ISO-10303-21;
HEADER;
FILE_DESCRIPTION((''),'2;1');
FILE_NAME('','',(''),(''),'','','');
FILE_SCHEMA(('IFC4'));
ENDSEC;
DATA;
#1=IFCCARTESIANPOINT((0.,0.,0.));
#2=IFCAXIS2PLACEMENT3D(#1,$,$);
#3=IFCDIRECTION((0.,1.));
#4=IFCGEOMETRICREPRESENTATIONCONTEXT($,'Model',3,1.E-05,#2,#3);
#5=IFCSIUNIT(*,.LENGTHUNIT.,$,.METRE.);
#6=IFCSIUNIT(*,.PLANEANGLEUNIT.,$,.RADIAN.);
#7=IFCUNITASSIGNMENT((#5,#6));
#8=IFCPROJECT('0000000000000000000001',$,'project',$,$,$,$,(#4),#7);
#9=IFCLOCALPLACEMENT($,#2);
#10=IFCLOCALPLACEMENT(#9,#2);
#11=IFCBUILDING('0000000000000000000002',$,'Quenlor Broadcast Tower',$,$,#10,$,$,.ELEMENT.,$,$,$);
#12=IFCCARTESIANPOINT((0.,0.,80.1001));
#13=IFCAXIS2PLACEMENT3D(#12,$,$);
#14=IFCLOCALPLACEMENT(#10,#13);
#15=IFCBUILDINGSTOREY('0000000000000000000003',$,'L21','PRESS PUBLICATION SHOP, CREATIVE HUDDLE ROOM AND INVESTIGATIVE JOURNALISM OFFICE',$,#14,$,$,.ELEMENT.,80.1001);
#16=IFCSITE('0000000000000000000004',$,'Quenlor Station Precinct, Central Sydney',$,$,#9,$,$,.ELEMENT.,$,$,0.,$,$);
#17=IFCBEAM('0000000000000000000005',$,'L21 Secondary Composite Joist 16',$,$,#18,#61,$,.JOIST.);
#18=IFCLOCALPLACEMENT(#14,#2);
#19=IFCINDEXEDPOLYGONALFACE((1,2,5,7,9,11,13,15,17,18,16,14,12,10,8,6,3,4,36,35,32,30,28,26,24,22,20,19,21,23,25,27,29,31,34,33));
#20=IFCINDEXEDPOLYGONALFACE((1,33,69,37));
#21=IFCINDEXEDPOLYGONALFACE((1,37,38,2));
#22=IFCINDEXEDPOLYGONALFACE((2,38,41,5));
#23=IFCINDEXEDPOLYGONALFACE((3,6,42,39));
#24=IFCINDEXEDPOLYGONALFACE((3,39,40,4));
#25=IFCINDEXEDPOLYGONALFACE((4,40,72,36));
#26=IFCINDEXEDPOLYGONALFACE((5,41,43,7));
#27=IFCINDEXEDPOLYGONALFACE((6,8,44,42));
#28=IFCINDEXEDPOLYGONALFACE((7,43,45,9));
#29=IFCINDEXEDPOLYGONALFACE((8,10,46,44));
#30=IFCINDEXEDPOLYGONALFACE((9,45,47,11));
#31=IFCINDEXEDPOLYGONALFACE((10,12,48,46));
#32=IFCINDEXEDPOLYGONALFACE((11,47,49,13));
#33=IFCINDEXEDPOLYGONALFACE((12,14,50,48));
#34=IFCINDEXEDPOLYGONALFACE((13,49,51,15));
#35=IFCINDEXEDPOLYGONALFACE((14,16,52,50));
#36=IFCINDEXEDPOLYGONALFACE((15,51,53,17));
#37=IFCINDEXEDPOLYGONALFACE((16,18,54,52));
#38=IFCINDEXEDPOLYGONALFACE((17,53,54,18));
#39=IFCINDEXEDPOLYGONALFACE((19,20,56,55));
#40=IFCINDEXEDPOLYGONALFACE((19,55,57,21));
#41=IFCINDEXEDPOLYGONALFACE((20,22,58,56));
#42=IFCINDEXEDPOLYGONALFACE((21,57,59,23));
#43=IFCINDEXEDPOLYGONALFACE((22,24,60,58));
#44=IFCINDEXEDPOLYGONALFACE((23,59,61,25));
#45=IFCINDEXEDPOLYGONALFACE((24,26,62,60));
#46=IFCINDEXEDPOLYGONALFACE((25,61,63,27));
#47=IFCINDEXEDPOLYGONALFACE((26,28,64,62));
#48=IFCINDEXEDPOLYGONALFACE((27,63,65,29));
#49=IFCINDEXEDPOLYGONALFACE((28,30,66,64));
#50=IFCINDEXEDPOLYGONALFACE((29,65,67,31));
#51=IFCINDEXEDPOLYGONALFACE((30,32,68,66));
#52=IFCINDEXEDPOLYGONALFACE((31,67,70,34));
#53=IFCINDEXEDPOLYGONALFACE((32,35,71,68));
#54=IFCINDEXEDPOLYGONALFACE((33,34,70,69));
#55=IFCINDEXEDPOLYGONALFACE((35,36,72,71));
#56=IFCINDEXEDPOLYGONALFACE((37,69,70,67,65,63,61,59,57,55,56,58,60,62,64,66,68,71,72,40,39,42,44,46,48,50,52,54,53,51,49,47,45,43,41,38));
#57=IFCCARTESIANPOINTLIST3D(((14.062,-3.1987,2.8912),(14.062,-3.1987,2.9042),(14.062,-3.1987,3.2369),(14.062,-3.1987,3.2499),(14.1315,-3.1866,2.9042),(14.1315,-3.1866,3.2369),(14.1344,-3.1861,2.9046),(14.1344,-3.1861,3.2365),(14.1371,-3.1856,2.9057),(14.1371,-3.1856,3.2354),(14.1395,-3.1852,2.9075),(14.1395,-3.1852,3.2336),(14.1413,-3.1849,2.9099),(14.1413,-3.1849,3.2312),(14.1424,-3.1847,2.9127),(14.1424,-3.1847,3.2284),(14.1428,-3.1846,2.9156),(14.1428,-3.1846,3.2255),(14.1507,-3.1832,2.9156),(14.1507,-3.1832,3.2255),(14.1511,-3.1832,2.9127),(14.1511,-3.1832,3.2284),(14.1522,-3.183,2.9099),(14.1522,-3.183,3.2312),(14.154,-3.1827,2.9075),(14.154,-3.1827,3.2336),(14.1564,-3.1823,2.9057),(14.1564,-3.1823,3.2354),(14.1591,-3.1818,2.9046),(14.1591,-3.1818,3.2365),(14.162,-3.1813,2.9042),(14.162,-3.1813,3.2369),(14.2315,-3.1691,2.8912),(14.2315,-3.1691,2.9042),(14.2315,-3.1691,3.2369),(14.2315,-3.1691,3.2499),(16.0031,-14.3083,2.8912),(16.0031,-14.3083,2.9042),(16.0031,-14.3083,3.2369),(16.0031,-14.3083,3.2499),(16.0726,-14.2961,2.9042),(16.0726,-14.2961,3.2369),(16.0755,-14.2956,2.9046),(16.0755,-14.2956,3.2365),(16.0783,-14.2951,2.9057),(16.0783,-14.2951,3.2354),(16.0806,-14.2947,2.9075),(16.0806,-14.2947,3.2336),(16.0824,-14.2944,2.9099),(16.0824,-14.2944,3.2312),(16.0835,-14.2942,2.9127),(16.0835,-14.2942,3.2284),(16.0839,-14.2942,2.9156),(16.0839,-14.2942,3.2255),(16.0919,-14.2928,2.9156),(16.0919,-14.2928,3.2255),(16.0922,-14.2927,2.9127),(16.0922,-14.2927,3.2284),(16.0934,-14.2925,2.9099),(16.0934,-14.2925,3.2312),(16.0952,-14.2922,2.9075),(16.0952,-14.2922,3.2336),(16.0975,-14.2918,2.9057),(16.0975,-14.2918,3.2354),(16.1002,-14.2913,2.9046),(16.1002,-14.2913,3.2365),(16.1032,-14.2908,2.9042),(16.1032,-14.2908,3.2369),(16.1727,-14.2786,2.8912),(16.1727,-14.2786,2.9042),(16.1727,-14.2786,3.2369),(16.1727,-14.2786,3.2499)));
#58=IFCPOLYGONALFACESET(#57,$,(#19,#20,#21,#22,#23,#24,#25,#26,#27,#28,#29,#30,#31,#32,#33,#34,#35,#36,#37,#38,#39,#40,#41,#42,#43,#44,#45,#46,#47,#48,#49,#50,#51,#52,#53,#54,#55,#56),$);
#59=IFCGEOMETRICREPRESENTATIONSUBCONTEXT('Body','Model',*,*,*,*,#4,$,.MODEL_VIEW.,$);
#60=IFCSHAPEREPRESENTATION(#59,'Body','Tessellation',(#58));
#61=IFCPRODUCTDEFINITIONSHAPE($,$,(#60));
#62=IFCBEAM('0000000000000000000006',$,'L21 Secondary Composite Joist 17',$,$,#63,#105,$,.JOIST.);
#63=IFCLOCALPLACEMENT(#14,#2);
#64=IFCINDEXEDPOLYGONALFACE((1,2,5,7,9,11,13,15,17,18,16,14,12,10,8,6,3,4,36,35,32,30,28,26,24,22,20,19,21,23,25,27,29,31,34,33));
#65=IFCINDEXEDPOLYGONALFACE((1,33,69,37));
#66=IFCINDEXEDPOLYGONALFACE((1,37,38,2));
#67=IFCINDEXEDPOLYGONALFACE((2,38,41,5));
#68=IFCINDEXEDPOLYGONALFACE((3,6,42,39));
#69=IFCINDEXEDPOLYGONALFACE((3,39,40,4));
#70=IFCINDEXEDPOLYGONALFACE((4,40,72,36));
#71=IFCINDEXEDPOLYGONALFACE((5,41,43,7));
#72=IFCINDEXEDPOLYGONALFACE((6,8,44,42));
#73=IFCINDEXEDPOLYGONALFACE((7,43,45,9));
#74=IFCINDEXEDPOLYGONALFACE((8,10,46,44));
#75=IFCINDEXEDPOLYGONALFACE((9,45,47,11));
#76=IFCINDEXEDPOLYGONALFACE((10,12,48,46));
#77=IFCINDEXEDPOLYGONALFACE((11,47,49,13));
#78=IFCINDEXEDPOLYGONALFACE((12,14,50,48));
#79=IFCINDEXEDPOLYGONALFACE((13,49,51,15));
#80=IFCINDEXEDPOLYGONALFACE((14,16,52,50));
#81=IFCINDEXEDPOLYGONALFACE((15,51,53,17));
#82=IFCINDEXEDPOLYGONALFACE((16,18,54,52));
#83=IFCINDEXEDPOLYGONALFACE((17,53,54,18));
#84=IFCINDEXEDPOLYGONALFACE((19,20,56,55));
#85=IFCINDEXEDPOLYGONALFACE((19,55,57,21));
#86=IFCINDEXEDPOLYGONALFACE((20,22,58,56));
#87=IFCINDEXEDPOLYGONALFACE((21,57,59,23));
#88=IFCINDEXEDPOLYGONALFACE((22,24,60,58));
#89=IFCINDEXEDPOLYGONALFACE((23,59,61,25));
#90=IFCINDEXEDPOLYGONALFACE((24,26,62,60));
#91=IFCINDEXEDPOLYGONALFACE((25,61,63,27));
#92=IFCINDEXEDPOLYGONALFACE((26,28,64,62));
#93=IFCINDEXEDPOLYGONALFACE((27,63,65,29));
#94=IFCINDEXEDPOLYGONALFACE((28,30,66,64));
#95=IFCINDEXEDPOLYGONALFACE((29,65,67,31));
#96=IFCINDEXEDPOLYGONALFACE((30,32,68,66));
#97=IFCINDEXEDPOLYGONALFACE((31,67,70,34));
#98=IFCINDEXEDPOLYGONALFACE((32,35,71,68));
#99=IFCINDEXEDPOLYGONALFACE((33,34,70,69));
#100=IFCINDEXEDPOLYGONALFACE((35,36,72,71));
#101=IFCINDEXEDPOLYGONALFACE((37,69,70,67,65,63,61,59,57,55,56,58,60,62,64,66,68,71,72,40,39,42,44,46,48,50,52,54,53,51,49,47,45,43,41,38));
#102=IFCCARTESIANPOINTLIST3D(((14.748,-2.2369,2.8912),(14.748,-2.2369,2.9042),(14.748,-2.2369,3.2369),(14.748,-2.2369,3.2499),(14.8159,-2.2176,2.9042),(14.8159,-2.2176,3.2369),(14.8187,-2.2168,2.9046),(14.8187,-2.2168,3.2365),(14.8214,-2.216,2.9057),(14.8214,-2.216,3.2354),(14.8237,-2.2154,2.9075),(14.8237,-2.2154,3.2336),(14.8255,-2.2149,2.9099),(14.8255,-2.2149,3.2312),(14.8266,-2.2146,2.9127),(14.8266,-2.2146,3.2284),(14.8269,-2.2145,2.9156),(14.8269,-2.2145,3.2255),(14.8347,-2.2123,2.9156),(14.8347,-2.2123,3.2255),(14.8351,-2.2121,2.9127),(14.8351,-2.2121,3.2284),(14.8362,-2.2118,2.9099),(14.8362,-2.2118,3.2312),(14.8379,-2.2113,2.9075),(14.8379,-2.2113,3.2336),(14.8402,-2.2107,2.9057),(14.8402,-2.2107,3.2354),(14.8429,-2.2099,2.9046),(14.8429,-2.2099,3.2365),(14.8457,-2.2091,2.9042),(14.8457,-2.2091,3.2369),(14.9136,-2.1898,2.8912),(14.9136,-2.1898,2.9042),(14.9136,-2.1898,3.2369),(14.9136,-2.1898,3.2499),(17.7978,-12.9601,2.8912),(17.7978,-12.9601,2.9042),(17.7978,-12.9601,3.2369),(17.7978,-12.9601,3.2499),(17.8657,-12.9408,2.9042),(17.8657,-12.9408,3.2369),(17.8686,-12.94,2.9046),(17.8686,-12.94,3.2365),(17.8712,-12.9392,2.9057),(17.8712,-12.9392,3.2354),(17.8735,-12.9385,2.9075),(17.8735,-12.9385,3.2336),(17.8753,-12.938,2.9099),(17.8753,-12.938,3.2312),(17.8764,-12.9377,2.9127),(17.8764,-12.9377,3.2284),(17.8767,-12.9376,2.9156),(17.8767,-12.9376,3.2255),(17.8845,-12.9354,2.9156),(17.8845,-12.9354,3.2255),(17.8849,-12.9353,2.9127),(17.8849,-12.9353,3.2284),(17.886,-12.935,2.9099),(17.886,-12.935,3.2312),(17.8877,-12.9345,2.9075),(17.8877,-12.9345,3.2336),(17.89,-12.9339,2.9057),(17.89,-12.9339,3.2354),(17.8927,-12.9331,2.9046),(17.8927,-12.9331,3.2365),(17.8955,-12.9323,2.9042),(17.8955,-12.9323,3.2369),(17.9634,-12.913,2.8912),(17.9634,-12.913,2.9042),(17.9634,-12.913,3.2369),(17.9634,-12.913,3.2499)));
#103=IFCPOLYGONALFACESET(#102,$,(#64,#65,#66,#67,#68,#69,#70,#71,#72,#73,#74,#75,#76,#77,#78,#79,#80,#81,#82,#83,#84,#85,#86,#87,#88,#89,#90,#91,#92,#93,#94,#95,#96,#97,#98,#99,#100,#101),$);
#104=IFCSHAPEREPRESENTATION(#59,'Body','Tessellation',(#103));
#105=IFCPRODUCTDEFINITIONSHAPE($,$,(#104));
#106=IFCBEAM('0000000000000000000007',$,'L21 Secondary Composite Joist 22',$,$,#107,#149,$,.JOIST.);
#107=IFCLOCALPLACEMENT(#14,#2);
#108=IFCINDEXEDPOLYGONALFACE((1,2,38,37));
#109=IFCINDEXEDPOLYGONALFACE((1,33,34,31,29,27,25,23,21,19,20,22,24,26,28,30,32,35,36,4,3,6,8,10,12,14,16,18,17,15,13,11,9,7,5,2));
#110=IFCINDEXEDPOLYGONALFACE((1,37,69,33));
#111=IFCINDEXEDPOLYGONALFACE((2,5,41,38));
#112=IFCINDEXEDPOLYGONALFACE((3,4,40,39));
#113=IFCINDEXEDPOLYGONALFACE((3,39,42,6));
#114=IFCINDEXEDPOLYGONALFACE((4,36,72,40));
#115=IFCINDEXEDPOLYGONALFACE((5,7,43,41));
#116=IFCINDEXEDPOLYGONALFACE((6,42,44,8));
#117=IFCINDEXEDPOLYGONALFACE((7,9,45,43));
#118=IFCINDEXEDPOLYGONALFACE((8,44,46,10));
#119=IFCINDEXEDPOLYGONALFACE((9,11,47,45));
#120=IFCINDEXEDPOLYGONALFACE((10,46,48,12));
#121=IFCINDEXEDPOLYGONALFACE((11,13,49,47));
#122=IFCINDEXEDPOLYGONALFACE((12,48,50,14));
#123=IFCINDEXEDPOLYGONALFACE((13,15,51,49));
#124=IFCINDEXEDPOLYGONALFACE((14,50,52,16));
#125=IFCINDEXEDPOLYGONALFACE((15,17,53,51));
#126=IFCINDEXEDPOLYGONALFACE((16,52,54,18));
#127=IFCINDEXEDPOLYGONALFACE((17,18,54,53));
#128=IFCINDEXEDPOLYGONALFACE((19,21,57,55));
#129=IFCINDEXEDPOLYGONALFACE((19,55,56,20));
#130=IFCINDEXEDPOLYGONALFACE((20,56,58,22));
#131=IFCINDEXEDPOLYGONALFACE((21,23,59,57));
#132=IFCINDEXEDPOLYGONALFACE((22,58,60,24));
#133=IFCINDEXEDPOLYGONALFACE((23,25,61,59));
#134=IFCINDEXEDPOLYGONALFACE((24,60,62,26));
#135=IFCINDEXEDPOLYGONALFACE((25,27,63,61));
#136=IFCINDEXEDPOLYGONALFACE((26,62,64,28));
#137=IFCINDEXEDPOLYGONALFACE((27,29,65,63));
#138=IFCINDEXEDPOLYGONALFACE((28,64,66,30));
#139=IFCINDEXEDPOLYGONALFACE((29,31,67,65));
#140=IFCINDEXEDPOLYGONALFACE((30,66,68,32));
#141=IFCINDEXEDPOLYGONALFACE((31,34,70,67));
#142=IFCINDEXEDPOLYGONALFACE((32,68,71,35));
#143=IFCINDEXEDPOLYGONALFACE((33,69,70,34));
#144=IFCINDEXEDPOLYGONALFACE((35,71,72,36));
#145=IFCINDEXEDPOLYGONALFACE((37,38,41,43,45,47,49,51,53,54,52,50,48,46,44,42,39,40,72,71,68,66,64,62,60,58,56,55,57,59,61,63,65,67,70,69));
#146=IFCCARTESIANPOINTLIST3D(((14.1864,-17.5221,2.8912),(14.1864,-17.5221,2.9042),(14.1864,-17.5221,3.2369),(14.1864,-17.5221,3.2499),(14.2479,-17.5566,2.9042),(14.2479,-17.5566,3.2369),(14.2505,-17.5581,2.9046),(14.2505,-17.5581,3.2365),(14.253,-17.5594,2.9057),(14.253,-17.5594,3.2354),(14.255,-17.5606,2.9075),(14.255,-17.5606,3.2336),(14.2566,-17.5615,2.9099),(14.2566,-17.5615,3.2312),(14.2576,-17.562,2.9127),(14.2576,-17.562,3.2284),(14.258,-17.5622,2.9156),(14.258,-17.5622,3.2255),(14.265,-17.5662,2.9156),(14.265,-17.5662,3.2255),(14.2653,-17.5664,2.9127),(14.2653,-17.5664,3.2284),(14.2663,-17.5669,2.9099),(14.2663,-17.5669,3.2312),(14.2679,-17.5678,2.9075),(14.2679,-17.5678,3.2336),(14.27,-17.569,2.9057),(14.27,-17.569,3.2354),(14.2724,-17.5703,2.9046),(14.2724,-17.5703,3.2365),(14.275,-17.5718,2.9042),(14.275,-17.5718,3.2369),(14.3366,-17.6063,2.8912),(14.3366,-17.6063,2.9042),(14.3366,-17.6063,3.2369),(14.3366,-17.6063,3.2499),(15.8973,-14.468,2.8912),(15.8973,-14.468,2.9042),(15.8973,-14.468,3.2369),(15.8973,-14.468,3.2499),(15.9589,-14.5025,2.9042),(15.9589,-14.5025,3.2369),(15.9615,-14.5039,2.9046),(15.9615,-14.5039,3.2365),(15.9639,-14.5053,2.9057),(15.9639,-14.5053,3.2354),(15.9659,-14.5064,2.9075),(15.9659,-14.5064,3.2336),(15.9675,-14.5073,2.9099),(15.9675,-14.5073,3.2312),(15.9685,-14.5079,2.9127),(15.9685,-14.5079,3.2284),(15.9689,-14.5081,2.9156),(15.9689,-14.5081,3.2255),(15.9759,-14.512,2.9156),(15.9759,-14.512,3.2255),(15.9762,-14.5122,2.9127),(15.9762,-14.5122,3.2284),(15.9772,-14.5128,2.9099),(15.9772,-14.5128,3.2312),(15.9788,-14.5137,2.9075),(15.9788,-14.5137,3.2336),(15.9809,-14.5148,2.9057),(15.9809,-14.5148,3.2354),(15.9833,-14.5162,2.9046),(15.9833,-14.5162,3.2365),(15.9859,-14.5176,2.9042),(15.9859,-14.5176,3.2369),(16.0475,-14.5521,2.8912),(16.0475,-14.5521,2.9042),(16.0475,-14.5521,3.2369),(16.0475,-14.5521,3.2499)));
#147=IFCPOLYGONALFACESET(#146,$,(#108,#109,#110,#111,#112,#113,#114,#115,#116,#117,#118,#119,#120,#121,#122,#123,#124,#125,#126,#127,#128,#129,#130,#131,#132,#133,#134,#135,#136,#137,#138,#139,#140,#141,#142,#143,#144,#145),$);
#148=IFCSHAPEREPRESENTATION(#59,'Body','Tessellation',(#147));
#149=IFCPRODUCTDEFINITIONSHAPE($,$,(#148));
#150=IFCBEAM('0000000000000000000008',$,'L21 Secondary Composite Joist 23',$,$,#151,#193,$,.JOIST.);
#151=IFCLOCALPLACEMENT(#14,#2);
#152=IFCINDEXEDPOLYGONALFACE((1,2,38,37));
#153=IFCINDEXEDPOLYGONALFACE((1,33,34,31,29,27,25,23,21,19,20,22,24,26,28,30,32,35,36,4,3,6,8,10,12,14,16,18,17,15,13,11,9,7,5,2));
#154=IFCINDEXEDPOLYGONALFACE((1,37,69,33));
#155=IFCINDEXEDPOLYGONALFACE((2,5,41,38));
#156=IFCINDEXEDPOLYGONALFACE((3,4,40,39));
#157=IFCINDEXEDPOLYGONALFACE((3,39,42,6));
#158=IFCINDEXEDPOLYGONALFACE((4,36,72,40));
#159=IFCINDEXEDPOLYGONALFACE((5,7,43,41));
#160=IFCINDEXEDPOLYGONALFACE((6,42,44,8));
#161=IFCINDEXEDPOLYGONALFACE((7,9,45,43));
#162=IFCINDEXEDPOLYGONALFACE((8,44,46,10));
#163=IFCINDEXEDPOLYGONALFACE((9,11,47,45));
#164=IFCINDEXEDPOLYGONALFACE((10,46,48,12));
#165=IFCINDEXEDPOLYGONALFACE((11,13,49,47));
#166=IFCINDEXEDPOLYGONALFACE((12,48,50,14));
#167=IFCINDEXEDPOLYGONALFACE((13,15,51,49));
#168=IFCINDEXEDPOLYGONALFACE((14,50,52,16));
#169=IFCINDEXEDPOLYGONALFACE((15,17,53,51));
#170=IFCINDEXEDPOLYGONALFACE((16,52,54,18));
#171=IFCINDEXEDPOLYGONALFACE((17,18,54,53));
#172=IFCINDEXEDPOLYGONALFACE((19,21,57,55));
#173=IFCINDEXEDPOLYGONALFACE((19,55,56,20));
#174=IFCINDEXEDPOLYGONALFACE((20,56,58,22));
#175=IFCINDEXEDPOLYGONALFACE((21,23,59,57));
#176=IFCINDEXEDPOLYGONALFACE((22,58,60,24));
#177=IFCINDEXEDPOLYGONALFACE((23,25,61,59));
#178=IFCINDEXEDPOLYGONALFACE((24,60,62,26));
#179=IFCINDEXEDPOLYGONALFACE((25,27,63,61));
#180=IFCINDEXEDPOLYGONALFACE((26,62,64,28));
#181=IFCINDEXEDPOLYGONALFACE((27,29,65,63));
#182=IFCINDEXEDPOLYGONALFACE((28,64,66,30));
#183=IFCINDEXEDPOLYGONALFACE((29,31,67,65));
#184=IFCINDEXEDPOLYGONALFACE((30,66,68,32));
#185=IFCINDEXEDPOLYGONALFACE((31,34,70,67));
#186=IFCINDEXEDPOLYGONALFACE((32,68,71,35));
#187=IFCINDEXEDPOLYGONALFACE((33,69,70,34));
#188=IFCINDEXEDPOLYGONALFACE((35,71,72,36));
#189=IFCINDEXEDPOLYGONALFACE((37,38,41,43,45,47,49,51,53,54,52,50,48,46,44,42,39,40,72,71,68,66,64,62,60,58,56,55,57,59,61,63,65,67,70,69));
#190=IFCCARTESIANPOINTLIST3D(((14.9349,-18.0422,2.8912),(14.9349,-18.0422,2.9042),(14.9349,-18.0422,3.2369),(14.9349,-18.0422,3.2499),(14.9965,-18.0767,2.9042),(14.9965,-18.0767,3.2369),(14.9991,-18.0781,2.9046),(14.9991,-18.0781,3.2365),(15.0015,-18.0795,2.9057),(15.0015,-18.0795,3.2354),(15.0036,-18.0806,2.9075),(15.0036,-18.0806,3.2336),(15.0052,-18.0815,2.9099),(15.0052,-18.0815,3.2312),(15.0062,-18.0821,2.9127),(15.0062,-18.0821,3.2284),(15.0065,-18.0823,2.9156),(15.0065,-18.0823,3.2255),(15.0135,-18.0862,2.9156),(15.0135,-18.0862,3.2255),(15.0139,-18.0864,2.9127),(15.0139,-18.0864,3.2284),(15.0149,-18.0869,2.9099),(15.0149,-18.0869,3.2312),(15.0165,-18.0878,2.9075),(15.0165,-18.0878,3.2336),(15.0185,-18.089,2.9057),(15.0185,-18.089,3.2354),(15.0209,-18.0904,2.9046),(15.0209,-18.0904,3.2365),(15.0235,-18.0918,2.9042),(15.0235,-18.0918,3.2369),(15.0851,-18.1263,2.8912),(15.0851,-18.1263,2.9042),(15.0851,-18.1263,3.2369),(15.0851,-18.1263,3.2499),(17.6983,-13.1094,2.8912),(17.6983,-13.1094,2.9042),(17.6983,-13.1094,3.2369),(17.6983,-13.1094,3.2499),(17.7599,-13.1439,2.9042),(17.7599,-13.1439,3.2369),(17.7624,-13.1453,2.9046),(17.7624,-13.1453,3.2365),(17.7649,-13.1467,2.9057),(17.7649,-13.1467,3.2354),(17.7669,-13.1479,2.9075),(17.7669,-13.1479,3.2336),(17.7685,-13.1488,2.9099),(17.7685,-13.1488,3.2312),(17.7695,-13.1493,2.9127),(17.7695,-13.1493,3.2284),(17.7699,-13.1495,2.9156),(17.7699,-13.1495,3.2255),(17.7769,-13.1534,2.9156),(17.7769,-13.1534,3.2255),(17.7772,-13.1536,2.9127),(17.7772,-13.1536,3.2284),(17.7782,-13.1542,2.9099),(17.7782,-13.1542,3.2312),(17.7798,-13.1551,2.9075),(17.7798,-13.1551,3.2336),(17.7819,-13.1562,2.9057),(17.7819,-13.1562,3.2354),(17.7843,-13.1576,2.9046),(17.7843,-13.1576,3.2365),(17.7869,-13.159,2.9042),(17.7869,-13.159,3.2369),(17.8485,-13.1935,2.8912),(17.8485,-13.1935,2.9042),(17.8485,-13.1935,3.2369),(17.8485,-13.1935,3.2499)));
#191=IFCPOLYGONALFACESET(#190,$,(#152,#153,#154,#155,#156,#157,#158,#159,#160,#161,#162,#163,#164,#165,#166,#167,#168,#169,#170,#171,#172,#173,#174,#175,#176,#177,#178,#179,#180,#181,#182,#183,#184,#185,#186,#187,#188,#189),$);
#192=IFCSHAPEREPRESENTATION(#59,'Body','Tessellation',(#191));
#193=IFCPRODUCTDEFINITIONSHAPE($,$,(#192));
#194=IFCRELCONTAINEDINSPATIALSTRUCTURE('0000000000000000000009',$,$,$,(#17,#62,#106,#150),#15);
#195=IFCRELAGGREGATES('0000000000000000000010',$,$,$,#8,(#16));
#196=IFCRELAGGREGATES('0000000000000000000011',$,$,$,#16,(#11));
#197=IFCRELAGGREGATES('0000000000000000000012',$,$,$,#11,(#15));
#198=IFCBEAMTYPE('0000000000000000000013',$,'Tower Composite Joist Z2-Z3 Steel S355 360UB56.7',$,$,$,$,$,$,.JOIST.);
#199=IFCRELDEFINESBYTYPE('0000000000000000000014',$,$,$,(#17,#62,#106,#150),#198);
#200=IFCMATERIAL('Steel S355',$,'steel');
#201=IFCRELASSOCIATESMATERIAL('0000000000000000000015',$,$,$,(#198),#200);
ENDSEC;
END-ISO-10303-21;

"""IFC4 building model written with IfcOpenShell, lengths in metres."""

from ifc_helpers import new_model, si_unit, direction, frame, origin, origin_2d, place, context, subcontext, project, spatial, i_section, extrude, material, material_profile, profile_set, type_object, element, save


model = new_model("IFC4")

# Units and contexts
model_context = context("Model", 3, precision=1e-05, world=origin(), true_north=direction((0.0, 1.0)))
body_context = subcontext(model_context, "Body", "Model", "MODEL_VIEW")
ifc_project = project(units=[si_unit("LENGTHUNIT", "METRE"), si_unit("PLANEANGLEUNIT", "RADIAN")], contexts=[model_context])

# Site, building, storey
site_placement = place(None, origin())
site = spatial("IfcSite", under=ifc_project, at=site_placement, Name="Quenlor Station Precinct, Central Sydney", CompositionType="ELEMENT", RefElevation=0.0)
building_placement = place(site_placement, origin())
building = spatial("IfcBuilding", under=site, at=building_placement, Name="Quenlor Broadcast Tower", CompositionType="ELEMENT")
storey_placement = place(building_placement, frame((0.0, 0.0, 80.1001)))
storey = spatial("IfcBuildingStorey", under=building, at=storey_placement, Name="L21", Description="PRESS PUBLICATION SHOP, CREATIVE HUDDLE ROOM AND INVESTIGATIVE JOURNALISM OFFICE", CompositionType="ELEMENT", Elevation=80.1001)

# Beams
ifc_material_1 = material(Name="Steel S355", Category="steel")
ifc_material_profile_1 = material_profile(ifc_material_1, i_section(OverallWidth=0.1721, OverallDepth=0.3586, WebThickness=0.0081, FlangeThickness=0.0129, FilletRadius=0.0115, at=origin_2d()))
ifc_profile_set_1 = profile_set([ifc_material_profile_1], Name="Steel S355 360UB56.7")
beam_type_1 = type_object("IfcBeamType", Name="Tower Composite Joist Z2-Z3 Steel S355 360UB56.7", PredefinedType="JOIST", material=ifc_profile_set_1)
beam_1_placement = place(storey_placement, frame((16.0879, -14.2935, 3.0706), z_axis=(-0.17212, 0.985076, 0.0), x_axis=(-0.985076, -0.17212, 0.0)))
element("IfcBeam", 1, at=beam_1_placement, inside=storey, type_object=beam_type_1, Name="L21 Secondary Composite Joist 16", PredefinedType="JOIST", context=body_context, shape_type="SweptSolid", body=[
    extrude(i_section(OverallWidth=0.1721, OverallDepth=0.3586, WebThickness=0.0081, FlangeThickness=0.0129, FilletRadius=0.0115, at=origin_2d()), origin(), (0.0, 0.0, 1.0), 11.2778),
])
beam_2_placement = place(storey_placement, frame((17.8806, -12.9365, 3.0706), z_axis=(-0.273564, 0.961854, 0.0), x_axis=(-0.961854, -0.273564, 0.0)))
element("IfcBeam", 2, at=beam_2_placement, inside=storey, type_object=beam_type_1, Name="L21 Secondary Composite Joist 17", PredefinedType="JOIST", context=body_context, shape_type="SweptSolid", body=[
    extrude(i_section(OverallWidth=0.1721, OverallDepth=0.3586, WebThickness=0.0081, FlangeThickness=0.0129, FilletRadius=0.0115, at=origin_2d()), origin(), (0.0, 0.0, 1.0), 11.1484),
])
beam_3_placement = place(storey_placement, frame((14.2615, -17.5642, 3.0706), z_axis=(0.488731, 0.872435, 0.0), x_axis=(-0.872435, 0.488731, 0.0)))
element("IfcBeam", 3, at=beam_3_placement, inside=storey, type_object=beam_type_1, Name="L21 Secondary Composite Joist 22", PredefinedType="JOIST", context=body_context, shape_type="SweptSolid", body=[
    extrude(i_section(OverallWidth=0.1721, OverallDepth=0.3586, WebThickness=0.0081, FlangeThickness=0.0129, FilletRadius=0.0115, at=origin_2d()), origin(), (0.0, 0.0, 1.0), 3.5007),
])
beam_4_placement = place(storey_placement, frame((15.01, -18.0842, 3.0706), z_axis=(0.488741, 0.872429, 0.0), x_axis=(-0.872429, 0.488741, 0.0)))
element("IfcBeam", 4, at=beam_4_placement, inside=storey, type_object=beam_type_1, Name="L21 Secondary Composite Joist 23", PredefinedType="JOIST", context=body_context, shape_type="SweptSolid", body=[
    extrude(i_section(OverallWidth=0.1721, OverallDepth=0.3586, WebThickness=0.0081, FlangeThickness=0.0129, FilletRadius=0.0115, at=origin_2d()), origin(), (0.0, 0.0, 1.0), 5.6541),
])

save(model, "model.ifc")
